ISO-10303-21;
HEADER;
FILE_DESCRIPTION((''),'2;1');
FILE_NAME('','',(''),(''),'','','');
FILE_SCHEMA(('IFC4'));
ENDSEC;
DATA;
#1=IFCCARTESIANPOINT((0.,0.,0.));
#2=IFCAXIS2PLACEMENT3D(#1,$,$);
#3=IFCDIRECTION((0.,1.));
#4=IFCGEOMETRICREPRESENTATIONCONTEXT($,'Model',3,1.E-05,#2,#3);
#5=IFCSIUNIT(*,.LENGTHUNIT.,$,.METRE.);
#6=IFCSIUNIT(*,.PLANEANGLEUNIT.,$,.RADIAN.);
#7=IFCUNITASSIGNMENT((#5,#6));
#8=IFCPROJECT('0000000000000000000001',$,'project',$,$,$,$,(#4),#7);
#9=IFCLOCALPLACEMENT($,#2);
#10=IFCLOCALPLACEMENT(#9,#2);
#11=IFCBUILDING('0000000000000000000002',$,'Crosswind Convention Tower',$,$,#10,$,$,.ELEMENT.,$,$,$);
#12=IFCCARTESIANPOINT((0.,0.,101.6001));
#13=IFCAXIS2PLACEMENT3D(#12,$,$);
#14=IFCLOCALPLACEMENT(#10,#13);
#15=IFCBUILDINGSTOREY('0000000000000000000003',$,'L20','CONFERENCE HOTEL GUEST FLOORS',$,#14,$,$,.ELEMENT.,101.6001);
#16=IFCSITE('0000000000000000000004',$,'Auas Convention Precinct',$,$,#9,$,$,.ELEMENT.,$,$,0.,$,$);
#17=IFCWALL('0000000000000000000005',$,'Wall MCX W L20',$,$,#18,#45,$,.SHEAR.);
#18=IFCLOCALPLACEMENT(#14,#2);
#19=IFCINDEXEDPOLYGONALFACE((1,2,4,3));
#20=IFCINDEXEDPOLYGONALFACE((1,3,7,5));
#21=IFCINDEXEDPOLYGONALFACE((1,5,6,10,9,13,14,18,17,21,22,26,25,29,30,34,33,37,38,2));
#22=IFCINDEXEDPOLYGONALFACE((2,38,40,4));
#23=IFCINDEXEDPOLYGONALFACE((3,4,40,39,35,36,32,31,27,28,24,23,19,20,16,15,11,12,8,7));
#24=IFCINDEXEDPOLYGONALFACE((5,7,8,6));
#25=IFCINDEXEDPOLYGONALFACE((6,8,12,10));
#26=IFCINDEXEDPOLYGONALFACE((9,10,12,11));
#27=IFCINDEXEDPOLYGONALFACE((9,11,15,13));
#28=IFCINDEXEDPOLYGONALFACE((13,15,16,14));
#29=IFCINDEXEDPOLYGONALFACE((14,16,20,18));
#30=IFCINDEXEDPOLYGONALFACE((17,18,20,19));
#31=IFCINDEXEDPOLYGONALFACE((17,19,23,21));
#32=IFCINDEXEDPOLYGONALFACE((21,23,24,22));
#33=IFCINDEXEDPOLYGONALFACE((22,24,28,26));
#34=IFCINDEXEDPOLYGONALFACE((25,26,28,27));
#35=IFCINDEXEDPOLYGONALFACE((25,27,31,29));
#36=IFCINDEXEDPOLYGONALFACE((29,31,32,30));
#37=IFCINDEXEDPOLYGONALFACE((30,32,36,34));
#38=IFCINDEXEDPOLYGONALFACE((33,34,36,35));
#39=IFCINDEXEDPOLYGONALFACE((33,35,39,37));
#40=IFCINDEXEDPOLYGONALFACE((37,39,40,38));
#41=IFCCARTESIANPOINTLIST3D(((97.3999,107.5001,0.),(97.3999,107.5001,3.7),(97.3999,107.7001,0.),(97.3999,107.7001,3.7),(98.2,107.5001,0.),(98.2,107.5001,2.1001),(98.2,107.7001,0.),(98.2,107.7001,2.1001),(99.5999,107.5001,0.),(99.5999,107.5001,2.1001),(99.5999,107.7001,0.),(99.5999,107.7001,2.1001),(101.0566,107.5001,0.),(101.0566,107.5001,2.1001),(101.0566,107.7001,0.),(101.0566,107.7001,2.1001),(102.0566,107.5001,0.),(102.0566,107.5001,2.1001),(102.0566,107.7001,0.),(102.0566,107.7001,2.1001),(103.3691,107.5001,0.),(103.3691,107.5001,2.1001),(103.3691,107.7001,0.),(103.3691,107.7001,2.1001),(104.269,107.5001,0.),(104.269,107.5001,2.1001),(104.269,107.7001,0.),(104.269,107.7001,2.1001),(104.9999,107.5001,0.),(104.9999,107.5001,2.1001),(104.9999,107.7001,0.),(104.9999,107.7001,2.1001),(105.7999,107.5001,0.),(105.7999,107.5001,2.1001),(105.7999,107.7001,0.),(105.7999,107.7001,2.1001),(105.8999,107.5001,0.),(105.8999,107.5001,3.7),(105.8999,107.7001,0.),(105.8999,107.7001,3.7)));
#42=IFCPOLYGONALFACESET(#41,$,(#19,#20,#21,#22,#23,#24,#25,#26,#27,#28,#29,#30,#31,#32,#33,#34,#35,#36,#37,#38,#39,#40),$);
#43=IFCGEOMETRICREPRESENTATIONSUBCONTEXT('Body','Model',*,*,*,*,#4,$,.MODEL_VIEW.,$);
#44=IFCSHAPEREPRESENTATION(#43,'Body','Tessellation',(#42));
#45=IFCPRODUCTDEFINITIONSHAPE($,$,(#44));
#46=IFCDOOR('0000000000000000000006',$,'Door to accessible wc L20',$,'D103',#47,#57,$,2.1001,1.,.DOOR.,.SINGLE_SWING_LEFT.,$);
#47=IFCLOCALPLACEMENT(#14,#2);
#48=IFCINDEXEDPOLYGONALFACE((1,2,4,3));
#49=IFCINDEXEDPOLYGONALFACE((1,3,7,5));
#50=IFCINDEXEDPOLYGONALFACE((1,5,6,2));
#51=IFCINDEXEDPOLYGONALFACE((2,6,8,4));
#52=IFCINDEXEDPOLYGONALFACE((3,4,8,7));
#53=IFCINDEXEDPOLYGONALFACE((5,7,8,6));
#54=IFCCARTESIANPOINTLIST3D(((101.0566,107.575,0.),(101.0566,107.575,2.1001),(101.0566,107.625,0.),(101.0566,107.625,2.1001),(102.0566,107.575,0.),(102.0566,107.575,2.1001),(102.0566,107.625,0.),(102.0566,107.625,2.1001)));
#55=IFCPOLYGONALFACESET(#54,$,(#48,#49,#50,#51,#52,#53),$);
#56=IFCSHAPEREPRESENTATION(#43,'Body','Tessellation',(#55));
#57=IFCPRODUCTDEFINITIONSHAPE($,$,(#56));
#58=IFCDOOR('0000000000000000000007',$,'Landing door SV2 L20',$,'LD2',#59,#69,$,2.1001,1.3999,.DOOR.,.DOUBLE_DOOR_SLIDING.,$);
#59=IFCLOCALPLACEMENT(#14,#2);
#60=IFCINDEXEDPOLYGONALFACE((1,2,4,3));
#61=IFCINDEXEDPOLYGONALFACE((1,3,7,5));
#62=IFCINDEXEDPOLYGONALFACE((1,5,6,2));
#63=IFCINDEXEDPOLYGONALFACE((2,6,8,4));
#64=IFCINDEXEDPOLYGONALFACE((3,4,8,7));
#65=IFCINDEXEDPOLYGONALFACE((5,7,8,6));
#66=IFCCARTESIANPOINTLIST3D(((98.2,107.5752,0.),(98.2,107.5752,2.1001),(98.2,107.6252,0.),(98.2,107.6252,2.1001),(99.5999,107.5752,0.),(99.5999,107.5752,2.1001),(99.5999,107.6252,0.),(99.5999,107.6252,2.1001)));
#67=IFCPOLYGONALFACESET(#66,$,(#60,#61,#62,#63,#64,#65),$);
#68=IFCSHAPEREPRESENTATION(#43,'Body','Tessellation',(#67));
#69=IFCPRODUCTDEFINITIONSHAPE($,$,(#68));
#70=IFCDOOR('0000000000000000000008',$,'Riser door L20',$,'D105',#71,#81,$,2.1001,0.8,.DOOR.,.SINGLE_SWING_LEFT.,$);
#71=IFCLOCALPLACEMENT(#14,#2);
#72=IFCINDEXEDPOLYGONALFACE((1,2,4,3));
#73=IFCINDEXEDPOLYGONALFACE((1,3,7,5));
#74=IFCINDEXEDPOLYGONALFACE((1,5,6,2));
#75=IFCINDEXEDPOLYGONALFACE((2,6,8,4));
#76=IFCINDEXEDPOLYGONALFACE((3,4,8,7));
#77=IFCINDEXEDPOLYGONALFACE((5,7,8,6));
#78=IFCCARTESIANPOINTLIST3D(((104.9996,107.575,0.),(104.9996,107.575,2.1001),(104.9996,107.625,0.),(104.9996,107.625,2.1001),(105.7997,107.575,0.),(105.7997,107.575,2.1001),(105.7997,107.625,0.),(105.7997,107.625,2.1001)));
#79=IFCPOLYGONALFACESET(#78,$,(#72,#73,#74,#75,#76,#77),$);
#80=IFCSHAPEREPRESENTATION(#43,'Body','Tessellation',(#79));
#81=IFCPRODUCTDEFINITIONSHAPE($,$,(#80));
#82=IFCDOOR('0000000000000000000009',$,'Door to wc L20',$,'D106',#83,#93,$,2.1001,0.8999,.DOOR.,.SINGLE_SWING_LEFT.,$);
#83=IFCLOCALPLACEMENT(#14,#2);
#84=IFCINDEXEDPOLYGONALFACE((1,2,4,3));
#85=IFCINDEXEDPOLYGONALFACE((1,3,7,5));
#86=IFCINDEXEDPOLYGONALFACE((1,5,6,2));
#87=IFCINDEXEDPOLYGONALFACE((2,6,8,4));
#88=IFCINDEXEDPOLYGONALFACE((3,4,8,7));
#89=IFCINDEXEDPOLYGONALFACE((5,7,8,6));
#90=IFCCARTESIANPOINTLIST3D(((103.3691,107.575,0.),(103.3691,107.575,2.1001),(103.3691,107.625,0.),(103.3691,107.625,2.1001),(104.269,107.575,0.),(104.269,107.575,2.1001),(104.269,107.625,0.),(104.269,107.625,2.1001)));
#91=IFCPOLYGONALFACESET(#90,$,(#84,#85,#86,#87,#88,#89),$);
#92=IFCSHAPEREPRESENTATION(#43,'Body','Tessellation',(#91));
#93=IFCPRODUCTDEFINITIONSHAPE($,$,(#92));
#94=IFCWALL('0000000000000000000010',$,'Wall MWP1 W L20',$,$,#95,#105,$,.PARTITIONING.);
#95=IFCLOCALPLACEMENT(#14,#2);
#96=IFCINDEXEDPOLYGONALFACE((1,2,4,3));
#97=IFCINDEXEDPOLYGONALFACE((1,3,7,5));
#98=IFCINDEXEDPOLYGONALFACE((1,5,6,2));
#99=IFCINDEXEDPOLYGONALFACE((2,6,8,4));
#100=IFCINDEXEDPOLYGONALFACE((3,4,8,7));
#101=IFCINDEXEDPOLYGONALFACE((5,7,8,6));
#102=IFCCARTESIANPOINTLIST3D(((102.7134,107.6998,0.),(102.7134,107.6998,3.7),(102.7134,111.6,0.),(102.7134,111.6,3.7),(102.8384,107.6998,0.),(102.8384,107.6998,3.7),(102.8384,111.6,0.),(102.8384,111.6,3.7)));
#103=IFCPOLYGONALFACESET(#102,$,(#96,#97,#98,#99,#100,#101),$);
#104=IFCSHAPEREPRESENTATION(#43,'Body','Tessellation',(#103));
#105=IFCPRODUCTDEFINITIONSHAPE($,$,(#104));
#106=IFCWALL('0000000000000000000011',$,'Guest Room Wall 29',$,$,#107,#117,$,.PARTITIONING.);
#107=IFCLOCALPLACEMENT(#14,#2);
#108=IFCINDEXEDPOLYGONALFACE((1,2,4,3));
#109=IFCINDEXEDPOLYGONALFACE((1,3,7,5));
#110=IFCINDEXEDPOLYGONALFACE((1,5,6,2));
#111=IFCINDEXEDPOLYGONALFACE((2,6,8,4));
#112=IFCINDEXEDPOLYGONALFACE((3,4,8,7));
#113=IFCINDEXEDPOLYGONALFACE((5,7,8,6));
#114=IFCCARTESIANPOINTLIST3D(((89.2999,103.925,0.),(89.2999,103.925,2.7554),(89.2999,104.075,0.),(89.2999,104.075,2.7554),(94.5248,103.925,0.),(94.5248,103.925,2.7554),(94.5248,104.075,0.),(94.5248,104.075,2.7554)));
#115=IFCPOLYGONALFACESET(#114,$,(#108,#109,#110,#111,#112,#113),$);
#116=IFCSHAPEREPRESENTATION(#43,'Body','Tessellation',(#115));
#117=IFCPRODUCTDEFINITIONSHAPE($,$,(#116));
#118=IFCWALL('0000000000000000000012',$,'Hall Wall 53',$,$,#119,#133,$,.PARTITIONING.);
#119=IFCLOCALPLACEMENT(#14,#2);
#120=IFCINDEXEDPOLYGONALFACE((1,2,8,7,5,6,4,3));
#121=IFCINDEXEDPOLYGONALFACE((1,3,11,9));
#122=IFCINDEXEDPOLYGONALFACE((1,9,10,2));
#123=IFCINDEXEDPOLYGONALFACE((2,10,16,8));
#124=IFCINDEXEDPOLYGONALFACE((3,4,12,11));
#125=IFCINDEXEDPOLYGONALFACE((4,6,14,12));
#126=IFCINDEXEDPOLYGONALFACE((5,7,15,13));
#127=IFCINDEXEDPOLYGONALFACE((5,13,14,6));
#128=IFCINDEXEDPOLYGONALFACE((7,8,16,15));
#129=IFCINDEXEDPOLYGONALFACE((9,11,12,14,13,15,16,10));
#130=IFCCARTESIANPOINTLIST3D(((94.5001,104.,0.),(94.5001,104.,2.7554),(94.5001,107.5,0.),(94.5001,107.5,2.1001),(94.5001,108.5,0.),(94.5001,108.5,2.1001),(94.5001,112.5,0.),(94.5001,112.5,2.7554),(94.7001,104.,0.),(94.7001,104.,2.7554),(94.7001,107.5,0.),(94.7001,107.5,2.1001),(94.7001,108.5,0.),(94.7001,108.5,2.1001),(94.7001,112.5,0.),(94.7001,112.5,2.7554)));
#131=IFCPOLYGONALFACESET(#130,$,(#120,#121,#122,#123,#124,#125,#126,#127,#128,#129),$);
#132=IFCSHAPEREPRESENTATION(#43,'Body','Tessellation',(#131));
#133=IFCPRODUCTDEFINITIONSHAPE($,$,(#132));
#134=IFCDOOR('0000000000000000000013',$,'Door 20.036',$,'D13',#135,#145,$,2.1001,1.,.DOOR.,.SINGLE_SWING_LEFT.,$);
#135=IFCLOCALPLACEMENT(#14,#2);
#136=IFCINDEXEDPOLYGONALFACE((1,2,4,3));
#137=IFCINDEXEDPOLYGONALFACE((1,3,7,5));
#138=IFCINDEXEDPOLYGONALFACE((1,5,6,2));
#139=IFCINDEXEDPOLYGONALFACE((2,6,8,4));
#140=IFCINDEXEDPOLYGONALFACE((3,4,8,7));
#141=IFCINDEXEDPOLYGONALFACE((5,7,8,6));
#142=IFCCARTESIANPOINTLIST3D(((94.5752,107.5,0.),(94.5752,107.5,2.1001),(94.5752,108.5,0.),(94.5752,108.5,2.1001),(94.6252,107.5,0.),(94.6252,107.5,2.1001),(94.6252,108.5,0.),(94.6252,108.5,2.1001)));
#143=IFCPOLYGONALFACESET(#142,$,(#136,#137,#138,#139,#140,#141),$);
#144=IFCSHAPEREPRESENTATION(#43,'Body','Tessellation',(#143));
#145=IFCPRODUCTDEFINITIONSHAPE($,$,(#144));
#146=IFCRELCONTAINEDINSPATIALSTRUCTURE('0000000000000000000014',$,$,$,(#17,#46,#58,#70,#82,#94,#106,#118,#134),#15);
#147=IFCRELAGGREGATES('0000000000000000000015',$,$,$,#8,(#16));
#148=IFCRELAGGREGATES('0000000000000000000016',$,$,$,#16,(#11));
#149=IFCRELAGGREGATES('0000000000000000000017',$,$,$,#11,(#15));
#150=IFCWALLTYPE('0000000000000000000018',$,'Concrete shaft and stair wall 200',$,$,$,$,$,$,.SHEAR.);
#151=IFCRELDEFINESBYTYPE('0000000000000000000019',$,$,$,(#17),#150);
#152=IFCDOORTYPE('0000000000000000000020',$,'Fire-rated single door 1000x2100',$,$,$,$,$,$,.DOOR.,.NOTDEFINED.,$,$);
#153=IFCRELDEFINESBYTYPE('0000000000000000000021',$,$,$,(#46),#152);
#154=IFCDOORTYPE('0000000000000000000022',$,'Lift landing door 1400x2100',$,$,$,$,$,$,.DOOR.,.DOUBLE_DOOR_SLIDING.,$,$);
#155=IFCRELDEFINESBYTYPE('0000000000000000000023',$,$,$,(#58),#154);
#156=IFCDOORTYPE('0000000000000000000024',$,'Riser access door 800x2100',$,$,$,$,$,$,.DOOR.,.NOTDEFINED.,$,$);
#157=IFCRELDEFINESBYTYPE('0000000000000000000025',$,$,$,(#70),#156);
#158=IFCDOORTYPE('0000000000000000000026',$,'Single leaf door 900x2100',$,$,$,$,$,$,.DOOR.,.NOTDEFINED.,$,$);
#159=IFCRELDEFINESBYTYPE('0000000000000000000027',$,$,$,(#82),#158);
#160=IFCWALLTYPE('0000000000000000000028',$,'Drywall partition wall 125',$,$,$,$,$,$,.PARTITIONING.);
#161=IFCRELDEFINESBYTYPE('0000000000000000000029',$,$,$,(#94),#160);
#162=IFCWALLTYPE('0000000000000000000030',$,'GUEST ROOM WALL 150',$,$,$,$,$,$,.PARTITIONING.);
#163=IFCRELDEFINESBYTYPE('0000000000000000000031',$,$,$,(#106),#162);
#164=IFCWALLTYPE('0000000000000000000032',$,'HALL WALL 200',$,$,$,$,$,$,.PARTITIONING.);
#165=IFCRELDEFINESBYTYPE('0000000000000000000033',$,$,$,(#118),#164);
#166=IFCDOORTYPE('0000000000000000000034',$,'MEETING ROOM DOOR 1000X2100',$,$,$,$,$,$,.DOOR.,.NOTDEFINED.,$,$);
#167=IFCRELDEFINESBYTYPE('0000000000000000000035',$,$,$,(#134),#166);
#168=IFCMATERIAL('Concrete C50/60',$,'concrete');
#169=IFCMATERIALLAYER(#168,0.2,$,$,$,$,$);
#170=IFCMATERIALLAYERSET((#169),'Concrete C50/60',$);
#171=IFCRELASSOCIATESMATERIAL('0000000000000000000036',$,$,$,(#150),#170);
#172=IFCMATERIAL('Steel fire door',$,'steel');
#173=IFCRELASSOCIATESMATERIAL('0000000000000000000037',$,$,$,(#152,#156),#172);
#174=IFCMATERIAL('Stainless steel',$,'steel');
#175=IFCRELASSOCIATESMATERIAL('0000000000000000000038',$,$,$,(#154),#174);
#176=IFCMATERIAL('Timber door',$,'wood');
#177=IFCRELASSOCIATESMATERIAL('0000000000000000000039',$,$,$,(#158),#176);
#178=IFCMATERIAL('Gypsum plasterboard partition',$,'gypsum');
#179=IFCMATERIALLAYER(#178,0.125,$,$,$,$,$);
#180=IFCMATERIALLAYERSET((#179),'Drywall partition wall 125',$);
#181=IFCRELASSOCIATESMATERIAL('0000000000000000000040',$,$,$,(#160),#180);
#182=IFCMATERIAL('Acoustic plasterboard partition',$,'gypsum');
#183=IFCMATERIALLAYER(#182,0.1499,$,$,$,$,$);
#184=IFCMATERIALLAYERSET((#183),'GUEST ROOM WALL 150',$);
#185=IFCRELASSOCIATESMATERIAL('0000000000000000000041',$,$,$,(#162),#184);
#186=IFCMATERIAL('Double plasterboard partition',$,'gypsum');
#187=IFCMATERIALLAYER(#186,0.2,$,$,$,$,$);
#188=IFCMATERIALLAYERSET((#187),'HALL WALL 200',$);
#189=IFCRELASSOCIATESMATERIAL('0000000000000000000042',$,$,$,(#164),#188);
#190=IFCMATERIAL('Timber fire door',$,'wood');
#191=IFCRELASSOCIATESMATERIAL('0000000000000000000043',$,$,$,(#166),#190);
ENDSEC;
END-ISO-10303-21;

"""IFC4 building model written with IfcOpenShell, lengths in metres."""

from ifc_helpers import new_model, si_unit, direction, frame, frame_2d, origin, place, context, subcontext, project, spatial, rectangle, extrude, material, layer, layer_set, type_object, element, fill, save


model = new_model("IFC4")

# Units and contexts
model_context = context("Model", 3, precision=1e-05, world=origin(), true_north=direction((0.0, 1.0)))
body_context = subcontext(model_context, "Body", "Model", "MODEL_VIEW")
ifc_project = project(units=[si_unit("LENGTHUNIT", "METRE"), si_unit("PLANEANGLEUNIT", "RADIAN")], contexts=[model_context])

# Site, building, storey
site_placement = place(None, origin())
site = spatial("IfcSite", under=ifc_project, at=site_placement, Name="Auas Convention Precinct", CompositionType="ELEMENT", RefElevation=0.0)
building_placement = place(site_placement, origin())
building = spatial("IfcBuilding", under=site, at=building_placement, Name="Crosswind Convention Tower", CompositionType="ELEMENT")
storey_placement = place(building_placement, frame((0.0, 0.0, 101.6001)))
storey = spatial("IfcBuildingStorey", under=building, at=storey_placement, Name="L20", Description="CONFERENCE HOTEL GUEST FLOORS", CompositionType="ELEMENT", Elevation=101.6001)

# Shared definitions
ifc_material_1 = material(Name="Concrete C50/60", Category="concrete")
ifc_layer_1 = layer(ifc_material_1, 0.2)
ifc_layer_set_1 = layer_set([ifc_layer_1], Name="Concrete C50/60")
wall_type_1 = type_object("IfcWallType", Name="Concrete shaft and stair wall 200", PredefinedType="SHEAR", material=ifc_layer_set_1)

# Wall, openings, doors
wall_1_placement = place(storey_placement, frame((105.8999, 107.6001, 0.0), z_axis=(0.0, 0.0, 1.0), x_axis=(-1.0, 0.0, 0.0)))
wall_1 = element("IfcWall", 1, at=wall_1_placement, inside=storey, type_object=wall_type_1, Name="Wall MCX W L20", PredefinedType="SHEAR", context=body_context, shape_type="SweptSolid", body=[
    extrude(rectangle(XDim=8.5, YDim=0.2, at=frame_2d((4.25, 0.0))), origin(), (0.0, 0.0, 1.0), 3.7),
])
opening_1_placement = place(wall_1_placement, frame((0.1001, 0.0, 0.0)))
opening_1 = element("IfcOpeningElement", 2, at=opening_1_placement, cuts=wall_1, PredefinedType="OPENING", context=body_context, shape_type="SweptSolid", body=[
    extrude(rectangle(XDim=0.8, YDim=2.1001, at=frame_2d((0.3999, 1.05))), frame((0.0, 0.1099, 0.0), z_axis=(0.0, -1.0, 0.0), x_axis=(1.0, 0.0, 0.0)), (0.0, 0.0, 1.0), 0.22),
])
opening_2_placement = place(wall_1_placement, frame((1.6309, 0.0, 0.0)))
opening_2 = element("IfcOpeningElement", 3, at=opening_2_placement, cuts=wall_1, PredefinedType="OPENING", context=body_context, shape_type="SweptSolid", body=[
    extrude(rectangle(XDim=0.8999, YDim=2.1001, at=frame_2d((0.45, 1.05))), frame((0.0, 0.1099, 0.0), z_axis=(0.0, -1.0, 0.0), x_axis=(1.0, 0.0, 0.0)), (0.0, 0.0, 1.0), 0.22),
])
opening_3_placement = place(wall_1_placement, frame((3.8433, 0.0, 0.0)))
opening_3 = element("IfcOpeningElement", 4, at=opening_3_placement, cuts=wall_1, PredefinedType="OPENING", context=body_context, shape_type="SweptSolid", body=[
    extrude(rectangle(XDim=1.0, YDim=2.1001, at=frame_2d((0.5, 1.05))), frame((0.0, 0.1099, 0.0), z_axis=(0.0, -1.0, 0.0), x_axis=(1.0, 0.0, 0.0)), (0.0, 0.0, 1.0), 0.22),
])
opening_4_placement = place(wall_1_placement, frame((6.3, 0.0, 0.0)))
opening_4 = element("IfcOpeningElement", 5, at=opening_4_placement, cuts=wall_1, PredefinedType="OPENING", context=body_context, shape_type="SweptSolid", body=[
    extrude(rectangle(XDim=1.3999, YDim=2.1001, at=frame_2d((0.7, 1.05))), frame((0.0, 0.1099, 0.0), z_axis=(0.0, -1.0, 0.0), x_axis=(1.0, 0.0, 0.0)), (0.0, 0.0, 1.0), 0.22),
])
ifc_material_2 = material(Name="Steel fire door", Category="steel")
door_type_1 = type_object("IfcDoorType", Name="Fire-rated single door 1000x2100", OperationType="NOTDEFINED", PredefinedType="DOOR", material=ifc_material_2)
door_1_placement = place(opening_3_placement, frame((1.0, 0.0, 0.0), z_axis=(0.0, 0.0, 1.0), x_axis=(-1.0, 0.0, 0.0)))
door_1 = element("IfcDoor", 6, at=door_1_placement, inside=storey, type_object=door_type_1, Name="Door to accessible wc L20", ObjectType="D103", OperationType="SINGLE_SWING_LEFT", OverallHeight=2.1001, OverallWidth=1.0, PredefinedType="DOOR", context=body_context, shape_type="SweptSolid", body=[
    extrude(rectangle(XDim=1.0, YDim=2.1001, at=frame_2d((0.5, 1.05))), frame((0.0, 0.0249, 0.0), z_axis=(0.0, -1.0, 0.0), x_axis=(1.0, 0.0, 0.0)), (0.0, 0.0, 1.0), 0.05),
])
fill(opening_3, door_1)
ifc_material_3 = material(Name="Stainless steel", Category="steel")
door_type_2 = type_object("IfcDoorType", Name="Lift landing door 1400x2100", OperationType="DOUBLE_DOOR_SLIDING", PredefinedType="DOOR", material=ifc_material_3)
door_2_placement = place(opening_4_placement, origin())
door_2 = element("IfcDoor", 7, at=door_2_placement, inside=storey, type_object=door_type_2, Name="Landing door SV2 L20", ObjectType="LD2", OperationType="DOUBLE_DOOR_SLIDING", OverallHeight=2.1001, OverallWidth=1.3999, PredefinedType="DOOR", context=body_context, shape_type="SweptSolid", body=[
    extrude(rectangle(XDim=1.3999, YDim=2.1001, at=frame_2d((0.7, 1.05))), frame((0.0, 0.0249, 0.0), z_axis=(0.0, -1.0, 0.0), x_axis=(1.0, 0.0, 0.0)), (0.0, 0.0, 1.0), 0.05),
])
fill(opening_4, door_2)
door_type_3 = type_object("IfcDoorType", Name="Riser access door 800x2100", OperationType="NOTDEFINED", PredefinedType="DOOR", material=ifc_material_2)
door_3_placement = place(opening_1_placement, frame((0.8, 0.0, 0.0), z_axis=(0.0, 0.0, 1.0), x_axis=(-1.0, 0.0, 0.0)))
door_3 = element("IfcDoor", 8, at=door_3_placement, inside=storey, type_object=door_type_3, Name="Riser door L20", ObjectType="D105", OperationType="SINGLE_SWING_LEFT", OverallHeight=2.1001, OverallWidth=0.8, PredefinedType="DOOR", context=body_context, shape_type="SweptSolid", body=[
    extrude(rectangle(XDim=0.8, YDim=2.1001, at=frame_2d((0.3999, 1.05))), frame((0.0, 0.0249, 0.0), z_axis=(0.0, -1.0, 0.0), x_axis=(1.0, 0.0, 0.0)), (0.0, 0.0, 1.0), 0.05),
])
fill(opening_1, door_3)
ifc_material_4 = material(Name="Timber door", Category="wood")
door_type_4 = type_object("IfcDoorType", Name="Single leaf door 900x2100", OperationType="NOTDEFINED", PredefinedType="DOOR", material=ifc_material_4)
door_4_placement = place(opening_2_placement, frame((0.8999, 0.0, 0.0), z_axis=(0.0, 0.0, 1.0), x_axis=(-1.0, 0.0, 0.0)))
door_4 = element("IfcDoor", 9, at=door_4_placement, inside=storey, type_object=door_type_4, Name="Door to wc L20", ObjectType="D106", OperationType="SINGLE_SWING_LEFT", OverallHeight=2.1001, OverallWidth=0.8999, PredefinedType="DOOR", context=body_context, shape_type="SweptSolid", body=[
    extrude(rectangle(XDim=0.8999, YDim=2.1001, at=frame_2d((0.45, 1.05))), frame((0.0, 0.0249, 0.0), z_axis=(0.0, -1.0, 0.0), x_axis=(1.0, 0.0, 0.0)), (0.0, 0.0, 1.0), 0.05),
])
fill(opening_2, door_4)

# Walls
ifc_material_5 = material(Name="Gypsum plasterboard partition", Category="gypsum")
ifc_layer_2 = layer(ifc_material_5, 0.125)
ifc_layer_set_2 = layer_set([ifc_layer_2], Name="Drywall partition wall 125")
wall_type_2 = type_object("IfcWallType", Name="Drywall partition wall 125", PredefinedType="PARTITIONING", material=ifc_layer_set_2)
wall_2_placement = place(storey_placement, frame((102.7759, 111.6001, 0.0), z_axis=(0.0, 0.0, 1.0), x_axis=(0.0, -1.0, 0.0)))
element("IfcWall", 10, at=wall_2_placement, inside=storey, type_object=wall_type_2, Name="Wall MWP1 W L20", PredefinedType="PARTITIONING", context=body_context, shape_type="SweptSolid", body=[
    extrude(rectangle(XDim=3.9001, YDim=0.125, at=frame_2d((1.9502, 0.0))), origin(), (0.0, 0.0, 1.0), 3.7),
])
ifc_material_6 = material(Name="Acoustic plasterboard partition", Category="gypsum")
ifc_layer_3 = layer(ifc_material_6, 0.1499)
ifc_layer_set_3 = layer_set([ifc_layer_3], Name="GUEST ROOM WALL 150")
wall_type_3 = type_object("IfcWallType", Name="GUEST ROOM WALL 150", PredefinedType="PARTITIONING", material=ifc_layer_set_3)
wall_3_placement = place(storey_placement, frame((89.3, 104.0, 0.0), z_axis=(0.0, 0.0, 1.0), x_axis=(1.0, 0.0, 0.0)))
element("IfcWall", 11, at=wall_3_placement, inside=storey, type_object=wall_type_3, Name="Guest Room Wall 29", PredefinedType="PARTITIONING", context=body_context, shape_type="SweptSolid", body=[
    extrude(rectangle(XDim=5.2249, YDim=0.1499, at=frame_2d((2.6123, 0.0))), origin(), (0.0, 0.0, 1.0), 2.7554),
])

# Wall, opening, door
ifc_material_7 = material(Name="Double plasterboard partition", Category="gypsum")
ifc_layer_4 = layer(ifc_material_7, 0.2)
ifc_layer_set_4 = layer_set([ifc_layer_4], Name="HALL WALL 200")
wall_type_4 = type_object("IfcWallType", Name="HALL WALL 200", PredefinedType="PARTITIONING", material=ifc_layer_set_4)
wall_4_placement = place(storey_placement, frame((94.6001, 104.0, 0.0), z_axis=(0.0, 0.0, 1.0), x_axis=(0.0, 1.0, 0.0)))
wall_4 = element("IfcWall", 12, at=wall_4_placement, inside=storey, type_object=wall_type_4, Name="Hall Wall 53", PredefinedType="PARTITIONING", context=body_context, shape_type="SweptSolid", body=[
    extrude(rectangle(XDim=8.5, YDim=0.2, at=frame_2d((4.25, 0.0))), origin(), (0.0, 0.0, 1.0), 2.7554),
])
opening_5_placement = place(wall_4_placement, frame((3.5, 0.0, 0.0)))
opening_5 = element("IfcOpeningElement", 13, at=opening_5_placement, cuts=wall_4, PredefinedType="OPENING", context=body_context, shape_type="SweptSolid", body=[
    extrude(rectangle(XDim=1.0, YDim=2.1001, at=frame_2d((0.5, 1.05))), frame((0.0, 0.1099, 0.0), z_axis=(0.0, -1.0, 0.0), x_axis=(1.0, 0.0, 0.0)), (0.0, 0.0, 1.0), 0.22),
])
ifc_material_8 = material(Name="Timber fire door", Category="wood")
door_type_5 = type_object("IfcDoorType", Name="MEETING ROOM DOOR 1000X2100", OperationType="NOTDEFINED", PredefinedType="DOOR", material=ifc_material_8)
door_5_placement = place(opening_5_placement, origin())
door_5 = element("IfcDoor", 14, at=door_5_placement, inside=storey, type_object=door_type_5, Name="Door 20.036", ObjectType="D13", OperationType="SINGLE_SWING_LEFT", OverallHeight=2.1001, OverallWidth=1.0, PredefinedType="DOOR", context=body_context, shape_type="SweptSolid", body=[
    extrude(rectangle(XDim=1.0, YDim=2.1001, at=frame_2d((0.5, 1.05))), frame((0.0, 0.0249, 0.0), z_axis=(0.0, -1.0, 0.0), x_axis=(1.0, 0.0, 0.0)), (0.0, 0.0, 1.0), 0.05),
])
fill(opening_5, door_5)

save(model, "model.ifc")
